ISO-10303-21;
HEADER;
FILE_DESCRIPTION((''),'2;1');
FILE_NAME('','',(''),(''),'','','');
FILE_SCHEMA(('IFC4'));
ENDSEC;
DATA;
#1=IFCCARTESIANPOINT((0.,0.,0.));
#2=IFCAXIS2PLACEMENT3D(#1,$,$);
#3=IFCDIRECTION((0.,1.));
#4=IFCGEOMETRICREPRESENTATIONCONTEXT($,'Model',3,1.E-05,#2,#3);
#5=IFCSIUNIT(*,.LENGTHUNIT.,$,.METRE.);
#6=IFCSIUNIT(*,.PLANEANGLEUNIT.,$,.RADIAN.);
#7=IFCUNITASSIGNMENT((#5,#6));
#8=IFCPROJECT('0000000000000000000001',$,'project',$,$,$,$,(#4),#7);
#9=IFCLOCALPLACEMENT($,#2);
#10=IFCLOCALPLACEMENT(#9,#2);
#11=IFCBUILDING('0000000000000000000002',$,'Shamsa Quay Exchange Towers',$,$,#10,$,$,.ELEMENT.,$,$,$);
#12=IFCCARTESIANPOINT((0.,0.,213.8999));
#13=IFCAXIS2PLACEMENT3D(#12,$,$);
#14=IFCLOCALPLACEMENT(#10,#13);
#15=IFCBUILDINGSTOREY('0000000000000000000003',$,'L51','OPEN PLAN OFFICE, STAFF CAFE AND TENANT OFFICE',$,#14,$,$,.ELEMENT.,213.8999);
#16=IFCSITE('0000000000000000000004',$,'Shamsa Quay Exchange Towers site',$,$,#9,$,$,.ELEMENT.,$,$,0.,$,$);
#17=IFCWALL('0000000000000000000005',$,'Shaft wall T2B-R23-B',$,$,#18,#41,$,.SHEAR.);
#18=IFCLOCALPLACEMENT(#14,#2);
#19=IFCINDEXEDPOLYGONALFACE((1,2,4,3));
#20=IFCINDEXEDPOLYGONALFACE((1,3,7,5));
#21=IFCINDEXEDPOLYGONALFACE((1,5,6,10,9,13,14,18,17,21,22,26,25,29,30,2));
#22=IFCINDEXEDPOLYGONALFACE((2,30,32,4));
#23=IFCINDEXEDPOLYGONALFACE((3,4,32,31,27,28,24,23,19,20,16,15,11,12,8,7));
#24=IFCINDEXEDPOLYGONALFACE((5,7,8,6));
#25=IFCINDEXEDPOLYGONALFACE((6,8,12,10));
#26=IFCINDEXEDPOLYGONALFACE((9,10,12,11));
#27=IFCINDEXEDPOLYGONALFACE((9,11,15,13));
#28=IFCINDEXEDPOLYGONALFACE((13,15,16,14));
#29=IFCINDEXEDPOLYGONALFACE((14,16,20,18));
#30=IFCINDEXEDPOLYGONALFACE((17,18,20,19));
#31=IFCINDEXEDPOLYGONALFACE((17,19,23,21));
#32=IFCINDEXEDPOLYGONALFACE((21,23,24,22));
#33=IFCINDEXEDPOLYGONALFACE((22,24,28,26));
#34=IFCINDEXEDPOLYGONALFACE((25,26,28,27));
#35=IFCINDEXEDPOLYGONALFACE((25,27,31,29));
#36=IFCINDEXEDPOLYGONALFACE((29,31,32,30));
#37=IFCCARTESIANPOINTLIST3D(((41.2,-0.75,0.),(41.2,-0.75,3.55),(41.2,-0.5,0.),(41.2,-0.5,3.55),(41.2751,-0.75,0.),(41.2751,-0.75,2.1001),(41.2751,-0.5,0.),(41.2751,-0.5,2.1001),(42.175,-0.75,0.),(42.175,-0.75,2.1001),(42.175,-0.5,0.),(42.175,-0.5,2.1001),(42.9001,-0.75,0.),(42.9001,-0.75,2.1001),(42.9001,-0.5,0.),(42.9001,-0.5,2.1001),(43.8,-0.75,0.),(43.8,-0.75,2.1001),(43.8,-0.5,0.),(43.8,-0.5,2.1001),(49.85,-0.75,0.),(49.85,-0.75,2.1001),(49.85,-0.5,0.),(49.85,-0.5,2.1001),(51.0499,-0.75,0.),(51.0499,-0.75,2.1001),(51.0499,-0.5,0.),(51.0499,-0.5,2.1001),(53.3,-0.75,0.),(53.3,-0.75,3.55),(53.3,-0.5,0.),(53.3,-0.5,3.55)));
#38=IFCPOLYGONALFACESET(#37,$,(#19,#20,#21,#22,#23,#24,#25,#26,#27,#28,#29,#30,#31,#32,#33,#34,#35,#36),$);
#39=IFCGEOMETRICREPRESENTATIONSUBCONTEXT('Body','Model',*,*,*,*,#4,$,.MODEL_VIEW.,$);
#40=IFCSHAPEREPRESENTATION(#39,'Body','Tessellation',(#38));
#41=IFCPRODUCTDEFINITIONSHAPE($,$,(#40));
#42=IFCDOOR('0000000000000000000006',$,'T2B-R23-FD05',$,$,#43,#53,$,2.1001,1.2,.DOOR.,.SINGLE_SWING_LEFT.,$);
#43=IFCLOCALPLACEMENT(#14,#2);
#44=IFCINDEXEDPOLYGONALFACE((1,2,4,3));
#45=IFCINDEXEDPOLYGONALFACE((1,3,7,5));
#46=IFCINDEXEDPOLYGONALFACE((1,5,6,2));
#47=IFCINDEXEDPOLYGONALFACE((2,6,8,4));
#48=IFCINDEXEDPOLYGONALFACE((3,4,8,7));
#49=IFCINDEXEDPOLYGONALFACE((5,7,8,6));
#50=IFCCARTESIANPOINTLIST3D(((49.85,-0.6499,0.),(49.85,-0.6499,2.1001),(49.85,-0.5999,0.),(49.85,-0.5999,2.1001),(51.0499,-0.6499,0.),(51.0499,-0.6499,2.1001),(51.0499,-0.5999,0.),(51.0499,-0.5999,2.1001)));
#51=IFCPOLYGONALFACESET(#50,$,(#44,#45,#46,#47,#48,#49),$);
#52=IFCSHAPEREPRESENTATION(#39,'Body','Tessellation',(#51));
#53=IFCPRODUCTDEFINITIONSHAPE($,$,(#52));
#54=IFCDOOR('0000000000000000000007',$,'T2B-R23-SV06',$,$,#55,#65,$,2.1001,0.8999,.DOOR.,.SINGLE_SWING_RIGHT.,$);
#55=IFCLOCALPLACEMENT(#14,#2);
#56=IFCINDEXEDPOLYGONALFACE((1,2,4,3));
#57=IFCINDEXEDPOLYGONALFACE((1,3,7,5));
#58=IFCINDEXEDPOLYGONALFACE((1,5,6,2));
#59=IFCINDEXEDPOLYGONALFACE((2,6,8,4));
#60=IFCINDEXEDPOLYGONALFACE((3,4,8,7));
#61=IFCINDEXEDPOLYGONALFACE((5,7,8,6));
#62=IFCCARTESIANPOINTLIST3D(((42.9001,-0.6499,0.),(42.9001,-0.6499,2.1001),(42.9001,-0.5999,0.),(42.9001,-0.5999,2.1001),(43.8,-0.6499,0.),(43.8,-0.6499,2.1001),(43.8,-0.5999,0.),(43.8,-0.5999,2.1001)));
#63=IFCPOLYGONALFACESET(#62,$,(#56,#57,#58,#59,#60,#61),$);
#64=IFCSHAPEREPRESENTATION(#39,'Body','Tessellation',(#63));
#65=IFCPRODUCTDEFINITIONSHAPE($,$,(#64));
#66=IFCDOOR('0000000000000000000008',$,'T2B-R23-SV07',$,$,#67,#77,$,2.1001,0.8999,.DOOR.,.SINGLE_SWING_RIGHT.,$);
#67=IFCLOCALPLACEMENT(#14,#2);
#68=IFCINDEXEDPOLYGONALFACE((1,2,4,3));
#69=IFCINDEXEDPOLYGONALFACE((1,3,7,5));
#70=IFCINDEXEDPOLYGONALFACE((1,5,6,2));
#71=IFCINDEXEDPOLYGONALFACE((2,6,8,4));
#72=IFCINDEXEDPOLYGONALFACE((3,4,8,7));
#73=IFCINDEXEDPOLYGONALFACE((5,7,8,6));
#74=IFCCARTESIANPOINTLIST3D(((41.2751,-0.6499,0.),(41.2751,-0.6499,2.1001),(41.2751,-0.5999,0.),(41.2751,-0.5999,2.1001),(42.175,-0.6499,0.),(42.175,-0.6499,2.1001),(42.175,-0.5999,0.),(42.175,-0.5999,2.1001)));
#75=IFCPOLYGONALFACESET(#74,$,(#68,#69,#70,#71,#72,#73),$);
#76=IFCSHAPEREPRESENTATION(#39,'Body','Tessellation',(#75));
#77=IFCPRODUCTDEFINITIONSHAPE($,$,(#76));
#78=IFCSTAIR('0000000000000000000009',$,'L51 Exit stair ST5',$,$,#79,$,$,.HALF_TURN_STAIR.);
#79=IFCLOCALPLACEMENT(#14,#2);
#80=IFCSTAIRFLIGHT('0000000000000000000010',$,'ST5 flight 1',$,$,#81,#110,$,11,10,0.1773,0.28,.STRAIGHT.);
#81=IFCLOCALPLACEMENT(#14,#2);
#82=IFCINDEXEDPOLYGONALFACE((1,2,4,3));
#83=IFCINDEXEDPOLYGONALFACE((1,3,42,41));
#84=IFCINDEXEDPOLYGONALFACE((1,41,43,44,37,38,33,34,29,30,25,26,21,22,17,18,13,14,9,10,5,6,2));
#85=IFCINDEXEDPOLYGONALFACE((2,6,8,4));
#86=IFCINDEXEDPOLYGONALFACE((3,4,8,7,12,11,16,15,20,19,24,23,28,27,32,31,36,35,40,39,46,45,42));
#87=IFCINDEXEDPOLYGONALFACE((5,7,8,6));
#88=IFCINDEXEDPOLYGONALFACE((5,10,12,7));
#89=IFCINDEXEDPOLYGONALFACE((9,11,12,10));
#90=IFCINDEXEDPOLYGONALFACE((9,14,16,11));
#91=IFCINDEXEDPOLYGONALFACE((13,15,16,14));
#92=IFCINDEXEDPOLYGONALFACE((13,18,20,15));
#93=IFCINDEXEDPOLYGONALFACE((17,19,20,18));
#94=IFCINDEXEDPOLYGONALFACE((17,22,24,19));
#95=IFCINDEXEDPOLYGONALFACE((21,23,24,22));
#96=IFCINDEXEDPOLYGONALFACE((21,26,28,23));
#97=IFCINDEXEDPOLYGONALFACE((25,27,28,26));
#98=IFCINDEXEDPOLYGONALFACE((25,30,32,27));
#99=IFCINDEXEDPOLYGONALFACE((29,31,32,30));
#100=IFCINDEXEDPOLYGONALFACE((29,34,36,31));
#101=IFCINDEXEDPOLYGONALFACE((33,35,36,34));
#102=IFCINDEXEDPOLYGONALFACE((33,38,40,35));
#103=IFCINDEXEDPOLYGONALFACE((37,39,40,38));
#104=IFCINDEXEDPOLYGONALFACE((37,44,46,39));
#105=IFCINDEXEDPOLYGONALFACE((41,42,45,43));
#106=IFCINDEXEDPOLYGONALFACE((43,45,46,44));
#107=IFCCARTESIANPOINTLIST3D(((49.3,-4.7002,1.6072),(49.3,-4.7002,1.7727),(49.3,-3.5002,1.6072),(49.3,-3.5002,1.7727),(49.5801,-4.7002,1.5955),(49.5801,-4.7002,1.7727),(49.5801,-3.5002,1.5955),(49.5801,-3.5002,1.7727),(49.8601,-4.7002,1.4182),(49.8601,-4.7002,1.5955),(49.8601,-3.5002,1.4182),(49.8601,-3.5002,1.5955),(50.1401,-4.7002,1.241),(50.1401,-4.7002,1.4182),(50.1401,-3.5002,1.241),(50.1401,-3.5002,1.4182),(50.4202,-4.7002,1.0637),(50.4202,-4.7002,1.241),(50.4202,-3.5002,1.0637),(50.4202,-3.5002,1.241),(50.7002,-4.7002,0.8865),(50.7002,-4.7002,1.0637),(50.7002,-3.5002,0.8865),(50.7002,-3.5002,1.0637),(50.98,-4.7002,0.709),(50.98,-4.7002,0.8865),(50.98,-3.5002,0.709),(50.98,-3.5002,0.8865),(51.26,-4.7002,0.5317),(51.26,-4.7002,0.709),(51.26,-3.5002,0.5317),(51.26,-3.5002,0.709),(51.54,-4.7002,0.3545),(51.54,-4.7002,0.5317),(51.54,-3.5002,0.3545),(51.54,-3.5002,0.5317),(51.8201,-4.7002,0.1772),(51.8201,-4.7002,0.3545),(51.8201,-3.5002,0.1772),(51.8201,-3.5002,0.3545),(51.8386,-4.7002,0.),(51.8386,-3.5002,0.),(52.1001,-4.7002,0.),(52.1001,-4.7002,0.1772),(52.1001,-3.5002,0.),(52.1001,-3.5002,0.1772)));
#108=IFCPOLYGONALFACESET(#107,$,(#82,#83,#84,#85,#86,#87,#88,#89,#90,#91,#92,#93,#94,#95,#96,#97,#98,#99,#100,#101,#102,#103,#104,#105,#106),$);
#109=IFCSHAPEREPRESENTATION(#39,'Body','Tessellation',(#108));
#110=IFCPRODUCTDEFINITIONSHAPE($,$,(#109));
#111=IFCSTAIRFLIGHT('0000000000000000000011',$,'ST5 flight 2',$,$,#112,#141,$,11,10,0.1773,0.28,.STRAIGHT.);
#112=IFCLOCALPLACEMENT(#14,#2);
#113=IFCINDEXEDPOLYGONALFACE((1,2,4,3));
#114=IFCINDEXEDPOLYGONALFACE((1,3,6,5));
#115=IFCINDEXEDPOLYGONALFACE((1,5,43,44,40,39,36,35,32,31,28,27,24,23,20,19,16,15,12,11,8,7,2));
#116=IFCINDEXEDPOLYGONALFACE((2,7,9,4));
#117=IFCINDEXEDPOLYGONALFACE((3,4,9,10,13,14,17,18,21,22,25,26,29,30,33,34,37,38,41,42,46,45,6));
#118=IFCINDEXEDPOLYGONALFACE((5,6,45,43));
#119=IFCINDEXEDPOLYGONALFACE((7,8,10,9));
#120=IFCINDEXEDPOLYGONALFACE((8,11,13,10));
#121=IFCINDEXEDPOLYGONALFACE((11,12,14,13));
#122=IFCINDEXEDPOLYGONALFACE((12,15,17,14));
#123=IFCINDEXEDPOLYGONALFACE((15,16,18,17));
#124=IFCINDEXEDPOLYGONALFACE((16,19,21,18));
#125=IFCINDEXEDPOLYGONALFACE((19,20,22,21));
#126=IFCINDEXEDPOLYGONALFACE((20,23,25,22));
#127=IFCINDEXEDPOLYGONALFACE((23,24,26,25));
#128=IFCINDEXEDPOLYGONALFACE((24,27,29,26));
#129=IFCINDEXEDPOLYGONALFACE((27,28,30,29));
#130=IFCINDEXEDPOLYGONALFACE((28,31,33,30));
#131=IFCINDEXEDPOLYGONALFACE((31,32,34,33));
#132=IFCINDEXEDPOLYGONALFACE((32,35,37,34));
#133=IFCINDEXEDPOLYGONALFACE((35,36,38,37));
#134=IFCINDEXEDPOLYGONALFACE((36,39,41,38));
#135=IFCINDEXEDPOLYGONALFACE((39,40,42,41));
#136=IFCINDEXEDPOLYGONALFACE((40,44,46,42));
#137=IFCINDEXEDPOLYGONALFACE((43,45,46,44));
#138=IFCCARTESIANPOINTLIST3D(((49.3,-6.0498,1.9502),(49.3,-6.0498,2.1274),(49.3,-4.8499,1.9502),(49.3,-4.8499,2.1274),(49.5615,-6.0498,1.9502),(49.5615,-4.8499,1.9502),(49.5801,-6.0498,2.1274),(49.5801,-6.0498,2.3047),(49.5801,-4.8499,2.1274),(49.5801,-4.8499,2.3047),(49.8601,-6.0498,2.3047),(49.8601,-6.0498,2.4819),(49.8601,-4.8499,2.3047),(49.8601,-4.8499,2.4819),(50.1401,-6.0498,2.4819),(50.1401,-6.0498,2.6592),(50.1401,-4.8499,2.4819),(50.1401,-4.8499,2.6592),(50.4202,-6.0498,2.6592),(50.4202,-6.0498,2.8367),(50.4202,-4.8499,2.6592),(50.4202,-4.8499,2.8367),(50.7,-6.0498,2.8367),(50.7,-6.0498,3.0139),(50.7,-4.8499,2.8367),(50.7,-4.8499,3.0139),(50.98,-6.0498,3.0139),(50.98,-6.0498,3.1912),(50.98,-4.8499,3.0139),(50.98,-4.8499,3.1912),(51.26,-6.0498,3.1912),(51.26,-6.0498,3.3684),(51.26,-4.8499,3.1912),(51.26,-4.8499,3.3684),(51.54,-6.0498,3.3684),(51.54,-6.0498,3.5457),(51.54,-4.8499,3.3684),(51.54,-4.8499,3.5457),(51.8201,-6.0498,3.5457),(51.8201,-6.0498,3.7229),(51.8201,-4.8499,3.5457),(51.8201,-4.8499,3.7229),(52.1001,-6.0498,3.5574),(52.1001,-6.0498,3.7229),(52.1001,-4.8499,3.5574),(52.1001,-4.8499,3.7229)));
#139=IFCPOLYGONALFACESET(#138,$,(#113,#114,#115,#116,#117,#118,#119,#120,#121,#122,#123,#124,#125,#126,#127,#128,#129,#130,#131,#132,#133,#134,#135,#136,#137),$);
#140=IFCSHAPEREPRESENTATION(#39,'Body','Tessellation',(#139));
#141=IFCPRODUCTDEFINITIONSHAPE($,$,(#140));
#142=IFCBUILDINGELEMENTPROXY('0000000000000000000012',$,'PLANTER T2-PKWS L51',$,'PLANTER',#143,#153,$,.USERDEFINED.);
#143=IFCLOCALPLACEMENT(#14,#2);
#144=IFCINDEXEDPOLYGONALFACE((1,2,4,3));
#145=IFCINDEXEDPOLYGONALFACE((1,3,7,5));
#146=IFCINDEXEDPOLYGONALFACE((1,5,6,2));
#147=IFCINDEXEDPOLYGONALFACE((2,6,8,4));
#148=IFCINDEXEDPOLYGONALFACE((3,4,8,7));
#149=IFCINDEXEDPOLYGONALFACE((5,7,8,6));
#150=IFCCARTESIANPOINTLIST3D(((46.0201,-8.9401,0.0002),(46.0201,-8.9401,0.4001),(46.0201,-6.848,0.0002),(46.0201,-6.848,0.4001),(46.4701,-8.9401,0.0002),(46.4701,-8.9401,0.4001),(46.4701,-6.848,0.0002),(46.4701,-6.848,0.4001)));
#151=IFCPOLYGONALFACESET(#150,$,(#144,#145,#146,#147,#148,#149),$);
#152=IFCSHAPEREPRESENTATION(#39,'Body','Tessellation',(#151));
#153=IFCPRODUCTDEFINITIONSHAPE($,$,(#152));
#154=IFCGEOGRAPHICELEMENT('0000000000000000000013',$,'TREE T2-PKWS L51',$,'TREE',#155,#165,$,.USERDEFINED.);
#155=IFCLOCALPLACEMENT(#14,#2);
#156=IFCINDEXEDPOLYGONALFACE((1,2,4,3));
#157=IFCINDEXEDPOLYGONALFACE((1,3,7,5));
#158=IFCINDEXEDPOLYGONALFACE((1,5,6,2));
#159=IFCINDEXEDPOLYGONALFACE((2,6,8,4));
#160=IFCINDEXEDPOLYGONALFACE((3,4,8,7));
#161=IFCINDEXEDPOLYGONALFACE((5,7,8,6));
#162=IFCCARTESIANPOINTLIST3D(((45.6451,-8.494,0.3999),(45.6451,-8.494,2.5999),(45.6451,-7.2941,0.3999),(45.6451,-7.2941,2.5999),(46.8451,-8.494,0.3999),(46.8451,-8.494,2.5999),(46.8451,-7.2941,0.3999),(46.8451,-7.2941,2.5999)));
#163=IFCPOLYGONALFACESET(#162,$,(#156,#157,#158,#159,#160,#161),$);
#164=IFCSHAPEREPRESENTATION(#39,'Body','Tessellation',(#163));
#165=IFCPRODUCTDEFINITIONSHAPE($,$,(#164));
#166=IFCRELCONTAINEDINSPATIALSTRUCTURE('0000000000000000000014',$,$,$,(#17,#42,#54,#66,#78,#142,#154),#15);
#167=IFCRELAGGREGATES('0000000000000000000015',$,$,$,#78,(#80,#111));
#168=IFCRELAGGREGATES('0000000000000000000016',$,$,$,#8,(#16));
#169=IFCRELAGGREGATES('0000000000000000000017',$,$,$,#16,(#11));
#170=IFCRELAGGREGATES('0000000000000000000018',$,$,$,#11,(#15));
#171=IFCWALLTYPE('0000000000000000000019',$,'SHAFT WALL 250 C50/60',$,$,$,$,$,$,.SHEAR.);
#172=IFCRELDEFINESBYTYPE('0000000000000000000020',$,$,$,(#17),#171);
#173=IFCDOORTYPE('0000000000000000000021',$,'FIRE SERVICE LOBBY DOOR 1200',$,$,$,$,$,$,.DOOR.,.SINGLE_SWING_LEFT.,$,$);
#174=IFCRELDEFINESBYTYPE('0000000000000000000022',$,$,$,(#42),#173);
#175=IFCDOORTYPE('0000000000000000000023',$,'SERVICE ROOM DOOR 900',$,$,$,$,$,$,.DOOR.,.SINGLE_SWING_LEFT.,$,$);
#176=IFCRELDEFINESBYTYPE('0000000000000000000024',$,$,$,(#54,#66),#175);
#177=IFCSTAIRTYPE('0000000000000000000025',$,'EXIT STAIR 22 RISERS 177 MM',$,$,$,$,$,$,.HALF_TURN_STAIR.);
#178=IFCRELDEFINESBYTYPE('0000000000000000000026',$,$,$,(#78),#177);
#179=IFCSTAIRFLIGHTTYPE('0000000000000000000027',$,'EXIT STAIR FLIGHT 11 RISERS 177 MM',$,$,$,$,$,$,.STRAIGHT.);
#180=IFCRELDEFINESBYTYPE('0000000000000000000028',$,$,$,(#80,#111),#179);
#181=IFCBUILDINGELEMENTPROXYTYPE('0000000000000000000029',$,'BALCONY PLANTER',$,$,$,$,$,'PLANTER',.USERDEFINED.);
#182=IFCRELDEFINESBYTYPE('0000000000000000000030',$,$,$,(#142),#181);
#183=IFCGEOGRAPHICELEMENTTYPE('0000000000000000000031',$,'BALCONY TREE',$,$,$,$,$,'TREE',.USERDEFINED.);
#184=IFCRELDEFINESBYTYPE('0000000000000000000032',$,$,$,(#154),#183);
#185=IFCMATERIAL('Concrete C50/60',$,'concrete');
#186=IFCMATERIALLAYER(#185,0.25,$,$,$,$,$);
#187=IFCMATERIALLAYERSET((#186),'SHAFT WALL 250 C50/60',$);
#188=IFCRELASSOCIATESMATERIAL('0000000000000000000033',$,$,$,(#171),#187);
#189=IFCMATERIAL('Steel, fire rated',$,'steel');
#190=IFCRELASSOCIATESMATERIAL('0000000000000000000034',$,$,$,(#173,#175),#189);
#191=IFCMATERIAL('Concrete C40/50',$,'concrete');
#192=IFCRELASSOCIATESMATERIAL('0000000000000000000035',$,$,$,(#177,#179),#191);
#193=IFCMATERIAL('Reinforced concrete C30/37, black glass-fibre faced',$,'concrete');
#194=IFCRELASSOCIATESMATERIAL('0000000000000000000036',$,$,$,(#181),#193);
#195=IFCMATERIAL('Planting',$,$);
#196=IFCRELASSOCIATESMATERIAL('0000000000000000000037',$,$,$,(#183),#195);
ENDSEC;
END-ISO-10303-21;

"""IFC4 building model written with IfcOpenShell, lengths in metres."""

from ifc_helpers import new_model, si_unit, direction, frame, frame_2d, origin, origin_2d, place, context, subcontext, project, spatial, polyline, rectangle, outline, extrude, material, layer, layer_set, type_object, element, fill, aggregate, save


model = new_model("IFC4")

# Units and contexts
model_context = context("Model", 3, precision=1e-05, world=origin(), true_north=direction((0.0, 1.0)))
body_context = subcontext(model_context, "Body", "Model", "MODEL_VIEW")
ifc_project = project(units=[si_unit("LENGTHUNIT", "METRE"), si_unit("PLANEANGLEUNIT", "RADIAN")], contexts=[model_context])

# Site, building, storey
site_placement = place(None, origin())
site = spatial("IfcSite", under=ifc_project, at=site_placement, Name="Shamsa Quay Exchange Towers site", CompositionType="ELEMENT", RefElevation=0.0)
building_placement = place(site_placement, origin())
building = spatial("IfcBuilding", under=site, at=building_placement, Name="Shamsa Quay Exchange Towers", CompositionType="ELEMENT")
storey_placement = place(building_placement, frame((0.0, 0.0, 213.8999)))
storey = spatial("IfcBuildingStorey", under=building, at=storey_placement, Name="L51", Description="OPEN PLAN OFFICE, STAFF CAFE AND TENANT OFFICE", CompositionType="ELEMENT", Elevation=213.8999)

# Shared definitions
ifc_material_1 = material(Name="Steel, fire rated", Category="steel")
ifc_material_2 = material(Name="Concrete C50/60", Category="concrete")
ifc_layer_1 = layer(ifc_material_2, 0.25)
ifc_layer_set_1 = layer_set([ifc_layer_1], Name="SHAFT WALL 250 C50/60")
wall_type_1 = type_object("IfcWallType", Name="SHAFT WALL 250 C50/60", PredefinedType="SHEAR", material=ifc_layer_set_1)

# Wall, openings, doors
wall_1_placement = place(storey_placement, frame((53.3, -0.625, 0.0), z_axis=(0.0, 0.0, 1.0), x_axis=(-1.0, 0.0, 0.0)))
wall_1 = element("IfcWall", 1, at=wall_1_placement, inside=storey, type_object=wall_type_1, Name="Shaft wall T2B-R23-B", PredefinedType="SHEAR", context=body_context, shape_type="SweptSolid", body=[
    extrude(rectangle(XDim=12.1001, YDim=0.25, at=frame_2d((6.05, 0.0))), origin(), (0.0, 0.0, 1.0), 3.55),
])
opening_1_placement = place(wall_1_placement, frame((2.25, 0.0, 0.0)))
opening_1 = element("IfcOpeningElement", 2, at=opening_1_placement, cuts=wall_1, PredefinedType="OPENING", context=body_context, shape_type="SweptSolid", body=[
    extrude(rectangle(XDim=1.2, YDim=2.1001, at=frame_2d((0.6001, 1.05))), frame((0.0, 0.135, 0.0), z_axis=(0.0, -1.0, 0.0), x_axis=(1.0, 0.0, 0.0)), (0.0, 0.0, 1.0), 0.27),
])
opening_2_placement = place(wall_1_placement, frame((9.5, 0.0, 0.0)))
opening_2 = element("IfcOpeningElement", 3, at=opening_2_placement, cuts=wall_1, PredefinedType="OPENING", context=body_context, shape_type="SweptSolid", body=[
    extrude(rectangle(XDim=0.8999, YDim=2.1001, at=frame_2d((0.45, 1.05))), frame((0.0, 0.135, 0.0), z_axis=(0.0, -1.0, 0.0), x_axis=(1.0, 0.0, 0.0)), (0.0, 0.0, 1.0), 0.27),
])
opening_3_placement = place(wall_1_placement, frame((11.125, 0.0, 0.0)))
opening_3 = element("IfcOpeningElement", 4, at=opening_3_placement, cuts=wall_1, PredefinedType="OPENING", context=body_context, shape_type="SweptSolid", body=[
    extrude(rectangle(XDim=0.8999, YDim=2.1001, at=frame_2d((0.45, 1.05))), frame((0.0, 0.135, 0.0), z_axis=(0.0, -1.0, 0.0), x_axis=(1.0, 0.0, 0.0)), (0.0, 0.0, 1.0), 0.27),
])
door_type_1 = type_object("IfcDoorType", Name="FIRE SERVICE LOBBY DOOR 1200", OperationType="SINGLE_SWING_LEFT", PredefinedType="DOOR", material=ifc_material_1)
door_1_placement = place(opening_1_placement, origin())
door_1 = element("IfcDoor", 5, at=door_1_placement, inside=storey, type_object=door_type_1, Name="T2B-R23-FD05", OperationType="SINGLE_SWING_LEFT", OverallHeight=2.1001, OverallWidth=1.2, PredefinedType="DOOR", context=body_context, shape_type="SweptSolid", body=[
    extrude(rectangle(XDim=1.2, YDim=2.1001, at=frame_2d((0.6001, 1.05))), frame((0.0, 0.0249, 0.0), z_axis=(0.0, -1.0, 0.0), x_axis=(1.0, 0.0, 0.0)), (0.0, 0.0, 1.0), 0.05),
])
fill(opening_1, door_1)
door_type_2 = type_object("IfcDoorType", Name="SERVICE ROOM DOOR 900", OperationType="SINGLE_SWING_LEFT", PredefinedType="DOOR", material=ifc_material_1)
door_2_placement = place(opening_2_placement, origin())
door_2 = element("IfcDoor", 6, at=door_2_placement, inside=storey, type_object=door_type_2, Name="T2B-R23-SV06", OperationType="SINGLE_SWING_RIGHT", OverallHeight=2.1001, OverallWidth=0.8999, PredefinedType="DOOR", context=body_context, shape_type="SweptSolid", body=[
    extrude(rectangle(XDim=0.8999, YDim=2.1001, at=frame_2d((0.45, 1.05))), frame((0.0, 0.0249, 0.0), z_axis=(0.0, -1.0, 0.0), x_axis=(1.0, 0.0, 0.0)), (0.0, 0.0, 1.0), 0.05),
])
fill(opening_2, door_2)
door_3_placement = place(opening_3_placement, origin())
door_3 = element("IfcDoor", 7, at=door_3_placement, inside=storey, type_object=door_type_2, Name="T2B-R23-SV07", OperationType="SINGLE_SWING_RIGHT", OverallHeight=2.1001, OverallWidth=0.8999, PredefinedType="DOOR", context=body_context, shape_type="SweptSolid", body=[
    extrude(rectangle(XDim=0.8999, YDim=2.1001, at=frame_2d((0.45, 1.05))), frame((0.0, 0.0249, 0.0), z_axis=(0.0, -1.0, 0.0), x_axis=(1.0, 0.0, 0.0)), (0.0, 0.0, 1.0), 0.05),
])
fill(opening_3, door_3)

# Stair, stair flights
ifc_material_3 = material(Name="Concrete C40/50", Category="concrete")
stair_type = type_object("IfcStairType", Name="EXIT STAIR 22 RISERS 177 MM", PredefinedType="HALF_TURN_STAIR", material=ifc_material_3)
stair_placement = place(storey_placement, origin())
stair = element("IfcStair", 8, at=stair_placement, inside=storey, type_object=stair_type, Name="L51 Exit stair ST5", PredefinedType="HALF_TURN_STAIR")
stair_flight_type = type_object("IfcStairFlightType", Name="EXIT STAIR FLIGHT 11 RISERS 177 MM", PredefinedType="STRAIGHT", material=ifc_material_3)
stair_flight_1_placement = place(storey_placement, frame((52.1001, -4.1001, 0.0), z_axis=(0.0, 0.0, 1.0), x_axis=(-1.0, 0.0, 0.0)))
stair_flight_1 = element("IfcStairFlight", 9, at=stair_flight_1_placement, type_object=stair_flight_type, Name="ST5 flight 1", NumberOfRisers=11, NumberOfTreads=10, PredefinedType="STRAIGHT", RiserHeight=0.1773, TreadLength=0.28, context=body_context, shape_type="SweptSolid", body=[
    extrude(outline(polyline([(0.0, 0.0), (0.0, 0.1772), (0.28, 0.1772), (0.28, 0.3545), (0.5601, 0.3545), (0.5601, 0.5317), (0.8401, 0.5317), (0.8401, 0.709), (1.1201, 0.709), (1.1201, 0.8865), (1.3999, 0.8865), (1.3999, 1.0637), (1.6799, 1.0637), (1.6799, 1.241), (1.96, 1.241), (1.96, 1.4182), (2.24, 1.4182), (2.24, 1.5955), (2.52, 1.5955), (2.52, 1.7727), (2.8, 1.7727), (2.8, 1.95), (2.8, 1.6072), (0.2615, 0.0), (0.0, 0.0)])), frame((0.0, 0.6001, 0.0), z_axis=(0.0, -1.0, 0.0), x_axis=(1.0, 0.0, 0.0)), (0.0, 0.0, 1.0), 1.2),
])
stair_flight_2_placement = place(storey_placement, frame((49.3, -5.45, 1.9502)))
stair_flight_2 = element("IfcStairFlight", 10, at=stair_flight_2_placement, type_object=stair_flight_type, Name="ST5 flight 2", NumberOfRisers=11, NumberOfTreads=10, PredefinedType="STRAIGHT", RiserHeight=0.1773, TreadLength=0.28, context=body_context, shape_type="SweptSolid", body=[
    extrude(outline(polyline([(0.0, 0.0), (0.0, 0.1772), (0.28, 0.1772), (0.28, 0.3545), (0.5601, 0.3545), (0.5601, 0.5317), (0.8401, 0.5317), (0.8401, 0.709), (1.1201, 0.709), (1.1201, 0.8865), (1.3999, 0.8865), (1.3999, 1.0637), (1.6799, 1.0637), (1.6799, 1.241), (1.96, 1.241), (1.96, 1.4182), (2.24, 1.4182), (2.24, 1.5955), (2.52, 1.5955), (2.52, 1.7727), (2.8, 1.7727), (2.8, 1.95), (2.8, 1.6072), (0.2615, 0.0), (0.0, 0.0)])), frame((0.0, 0.6001, 0.0), z_axis=(0.0, -1.0, 0.0), x_axis=(1.0, 0.0, 0.0)), (0.0, 0.0, 1.0), 1.2),
])
aggregate(stair, [stair_flight_1, stair_flight_2])

# Building element proxy
ifc_material_4 = material(Name="Reinforced concrete C30/37, black glass-fibre faced", Category="concrete")
building_element_proxy_type = type_object("IfcBuildingElementProxyType", Name="BALCONY PLANTER", ElementType="PLANTER", PredefinedType="USERDEFINED", material=ifc_material_4)
proxy_placement = place(storey_placement, frame((46.2451, -7.894, 0.0002), z_axis=(0.0, 0.0, 1.0), x_axis=(0.0, 1.0, 0.0)))
element("IfcBuildingElementProxy", 11, at=proxy_placement, inside=storey, type_object=building_element_proxy_type, Name="PLANTER T2-PKWS L51", ObjectType="PLANTER", PredefinedType="USERDEFINED", context=body_context, shape_type="SweptSolid", body=[
    extrude(rectangle(XDim=2.092, YDim=0.45, at=origin_2d()), origin(), (0.0, 0.0, 1.0), 0.3999),
])

# Geographic element
ifc_material_5 = material(Name="Planting")
geographic_element_type = type_object("IfcGeographicElementType", Name="BALCONY TREE", ElementType="TREE", PredefinedType="USERDEFINED", material=ifc_material_5)
geographic_element_placement = place(storey_placement, frame((46.2451, -7.894, 0.3999), z_axis=(0.0, 0.0, 1.0), x_axis=(0.0, 1.0, 0.0)))
element("IfcGeographicElement", 12, at=geographic_element_placement, inside=storey, type_object=geographic_element_type, Name="TREE T2-PKWS L51", ObjectType="TREE", PredefinedType="USERDEFINED", context=body_context, shape_type="SweptSolid", body=[
    extrude(rectangle(XDim=1.2, YDim=1.2, at=origin_2d()), origin(), (0.0, 0.0, 1.0), 2.2),
])

save(model, "model.ifc")
